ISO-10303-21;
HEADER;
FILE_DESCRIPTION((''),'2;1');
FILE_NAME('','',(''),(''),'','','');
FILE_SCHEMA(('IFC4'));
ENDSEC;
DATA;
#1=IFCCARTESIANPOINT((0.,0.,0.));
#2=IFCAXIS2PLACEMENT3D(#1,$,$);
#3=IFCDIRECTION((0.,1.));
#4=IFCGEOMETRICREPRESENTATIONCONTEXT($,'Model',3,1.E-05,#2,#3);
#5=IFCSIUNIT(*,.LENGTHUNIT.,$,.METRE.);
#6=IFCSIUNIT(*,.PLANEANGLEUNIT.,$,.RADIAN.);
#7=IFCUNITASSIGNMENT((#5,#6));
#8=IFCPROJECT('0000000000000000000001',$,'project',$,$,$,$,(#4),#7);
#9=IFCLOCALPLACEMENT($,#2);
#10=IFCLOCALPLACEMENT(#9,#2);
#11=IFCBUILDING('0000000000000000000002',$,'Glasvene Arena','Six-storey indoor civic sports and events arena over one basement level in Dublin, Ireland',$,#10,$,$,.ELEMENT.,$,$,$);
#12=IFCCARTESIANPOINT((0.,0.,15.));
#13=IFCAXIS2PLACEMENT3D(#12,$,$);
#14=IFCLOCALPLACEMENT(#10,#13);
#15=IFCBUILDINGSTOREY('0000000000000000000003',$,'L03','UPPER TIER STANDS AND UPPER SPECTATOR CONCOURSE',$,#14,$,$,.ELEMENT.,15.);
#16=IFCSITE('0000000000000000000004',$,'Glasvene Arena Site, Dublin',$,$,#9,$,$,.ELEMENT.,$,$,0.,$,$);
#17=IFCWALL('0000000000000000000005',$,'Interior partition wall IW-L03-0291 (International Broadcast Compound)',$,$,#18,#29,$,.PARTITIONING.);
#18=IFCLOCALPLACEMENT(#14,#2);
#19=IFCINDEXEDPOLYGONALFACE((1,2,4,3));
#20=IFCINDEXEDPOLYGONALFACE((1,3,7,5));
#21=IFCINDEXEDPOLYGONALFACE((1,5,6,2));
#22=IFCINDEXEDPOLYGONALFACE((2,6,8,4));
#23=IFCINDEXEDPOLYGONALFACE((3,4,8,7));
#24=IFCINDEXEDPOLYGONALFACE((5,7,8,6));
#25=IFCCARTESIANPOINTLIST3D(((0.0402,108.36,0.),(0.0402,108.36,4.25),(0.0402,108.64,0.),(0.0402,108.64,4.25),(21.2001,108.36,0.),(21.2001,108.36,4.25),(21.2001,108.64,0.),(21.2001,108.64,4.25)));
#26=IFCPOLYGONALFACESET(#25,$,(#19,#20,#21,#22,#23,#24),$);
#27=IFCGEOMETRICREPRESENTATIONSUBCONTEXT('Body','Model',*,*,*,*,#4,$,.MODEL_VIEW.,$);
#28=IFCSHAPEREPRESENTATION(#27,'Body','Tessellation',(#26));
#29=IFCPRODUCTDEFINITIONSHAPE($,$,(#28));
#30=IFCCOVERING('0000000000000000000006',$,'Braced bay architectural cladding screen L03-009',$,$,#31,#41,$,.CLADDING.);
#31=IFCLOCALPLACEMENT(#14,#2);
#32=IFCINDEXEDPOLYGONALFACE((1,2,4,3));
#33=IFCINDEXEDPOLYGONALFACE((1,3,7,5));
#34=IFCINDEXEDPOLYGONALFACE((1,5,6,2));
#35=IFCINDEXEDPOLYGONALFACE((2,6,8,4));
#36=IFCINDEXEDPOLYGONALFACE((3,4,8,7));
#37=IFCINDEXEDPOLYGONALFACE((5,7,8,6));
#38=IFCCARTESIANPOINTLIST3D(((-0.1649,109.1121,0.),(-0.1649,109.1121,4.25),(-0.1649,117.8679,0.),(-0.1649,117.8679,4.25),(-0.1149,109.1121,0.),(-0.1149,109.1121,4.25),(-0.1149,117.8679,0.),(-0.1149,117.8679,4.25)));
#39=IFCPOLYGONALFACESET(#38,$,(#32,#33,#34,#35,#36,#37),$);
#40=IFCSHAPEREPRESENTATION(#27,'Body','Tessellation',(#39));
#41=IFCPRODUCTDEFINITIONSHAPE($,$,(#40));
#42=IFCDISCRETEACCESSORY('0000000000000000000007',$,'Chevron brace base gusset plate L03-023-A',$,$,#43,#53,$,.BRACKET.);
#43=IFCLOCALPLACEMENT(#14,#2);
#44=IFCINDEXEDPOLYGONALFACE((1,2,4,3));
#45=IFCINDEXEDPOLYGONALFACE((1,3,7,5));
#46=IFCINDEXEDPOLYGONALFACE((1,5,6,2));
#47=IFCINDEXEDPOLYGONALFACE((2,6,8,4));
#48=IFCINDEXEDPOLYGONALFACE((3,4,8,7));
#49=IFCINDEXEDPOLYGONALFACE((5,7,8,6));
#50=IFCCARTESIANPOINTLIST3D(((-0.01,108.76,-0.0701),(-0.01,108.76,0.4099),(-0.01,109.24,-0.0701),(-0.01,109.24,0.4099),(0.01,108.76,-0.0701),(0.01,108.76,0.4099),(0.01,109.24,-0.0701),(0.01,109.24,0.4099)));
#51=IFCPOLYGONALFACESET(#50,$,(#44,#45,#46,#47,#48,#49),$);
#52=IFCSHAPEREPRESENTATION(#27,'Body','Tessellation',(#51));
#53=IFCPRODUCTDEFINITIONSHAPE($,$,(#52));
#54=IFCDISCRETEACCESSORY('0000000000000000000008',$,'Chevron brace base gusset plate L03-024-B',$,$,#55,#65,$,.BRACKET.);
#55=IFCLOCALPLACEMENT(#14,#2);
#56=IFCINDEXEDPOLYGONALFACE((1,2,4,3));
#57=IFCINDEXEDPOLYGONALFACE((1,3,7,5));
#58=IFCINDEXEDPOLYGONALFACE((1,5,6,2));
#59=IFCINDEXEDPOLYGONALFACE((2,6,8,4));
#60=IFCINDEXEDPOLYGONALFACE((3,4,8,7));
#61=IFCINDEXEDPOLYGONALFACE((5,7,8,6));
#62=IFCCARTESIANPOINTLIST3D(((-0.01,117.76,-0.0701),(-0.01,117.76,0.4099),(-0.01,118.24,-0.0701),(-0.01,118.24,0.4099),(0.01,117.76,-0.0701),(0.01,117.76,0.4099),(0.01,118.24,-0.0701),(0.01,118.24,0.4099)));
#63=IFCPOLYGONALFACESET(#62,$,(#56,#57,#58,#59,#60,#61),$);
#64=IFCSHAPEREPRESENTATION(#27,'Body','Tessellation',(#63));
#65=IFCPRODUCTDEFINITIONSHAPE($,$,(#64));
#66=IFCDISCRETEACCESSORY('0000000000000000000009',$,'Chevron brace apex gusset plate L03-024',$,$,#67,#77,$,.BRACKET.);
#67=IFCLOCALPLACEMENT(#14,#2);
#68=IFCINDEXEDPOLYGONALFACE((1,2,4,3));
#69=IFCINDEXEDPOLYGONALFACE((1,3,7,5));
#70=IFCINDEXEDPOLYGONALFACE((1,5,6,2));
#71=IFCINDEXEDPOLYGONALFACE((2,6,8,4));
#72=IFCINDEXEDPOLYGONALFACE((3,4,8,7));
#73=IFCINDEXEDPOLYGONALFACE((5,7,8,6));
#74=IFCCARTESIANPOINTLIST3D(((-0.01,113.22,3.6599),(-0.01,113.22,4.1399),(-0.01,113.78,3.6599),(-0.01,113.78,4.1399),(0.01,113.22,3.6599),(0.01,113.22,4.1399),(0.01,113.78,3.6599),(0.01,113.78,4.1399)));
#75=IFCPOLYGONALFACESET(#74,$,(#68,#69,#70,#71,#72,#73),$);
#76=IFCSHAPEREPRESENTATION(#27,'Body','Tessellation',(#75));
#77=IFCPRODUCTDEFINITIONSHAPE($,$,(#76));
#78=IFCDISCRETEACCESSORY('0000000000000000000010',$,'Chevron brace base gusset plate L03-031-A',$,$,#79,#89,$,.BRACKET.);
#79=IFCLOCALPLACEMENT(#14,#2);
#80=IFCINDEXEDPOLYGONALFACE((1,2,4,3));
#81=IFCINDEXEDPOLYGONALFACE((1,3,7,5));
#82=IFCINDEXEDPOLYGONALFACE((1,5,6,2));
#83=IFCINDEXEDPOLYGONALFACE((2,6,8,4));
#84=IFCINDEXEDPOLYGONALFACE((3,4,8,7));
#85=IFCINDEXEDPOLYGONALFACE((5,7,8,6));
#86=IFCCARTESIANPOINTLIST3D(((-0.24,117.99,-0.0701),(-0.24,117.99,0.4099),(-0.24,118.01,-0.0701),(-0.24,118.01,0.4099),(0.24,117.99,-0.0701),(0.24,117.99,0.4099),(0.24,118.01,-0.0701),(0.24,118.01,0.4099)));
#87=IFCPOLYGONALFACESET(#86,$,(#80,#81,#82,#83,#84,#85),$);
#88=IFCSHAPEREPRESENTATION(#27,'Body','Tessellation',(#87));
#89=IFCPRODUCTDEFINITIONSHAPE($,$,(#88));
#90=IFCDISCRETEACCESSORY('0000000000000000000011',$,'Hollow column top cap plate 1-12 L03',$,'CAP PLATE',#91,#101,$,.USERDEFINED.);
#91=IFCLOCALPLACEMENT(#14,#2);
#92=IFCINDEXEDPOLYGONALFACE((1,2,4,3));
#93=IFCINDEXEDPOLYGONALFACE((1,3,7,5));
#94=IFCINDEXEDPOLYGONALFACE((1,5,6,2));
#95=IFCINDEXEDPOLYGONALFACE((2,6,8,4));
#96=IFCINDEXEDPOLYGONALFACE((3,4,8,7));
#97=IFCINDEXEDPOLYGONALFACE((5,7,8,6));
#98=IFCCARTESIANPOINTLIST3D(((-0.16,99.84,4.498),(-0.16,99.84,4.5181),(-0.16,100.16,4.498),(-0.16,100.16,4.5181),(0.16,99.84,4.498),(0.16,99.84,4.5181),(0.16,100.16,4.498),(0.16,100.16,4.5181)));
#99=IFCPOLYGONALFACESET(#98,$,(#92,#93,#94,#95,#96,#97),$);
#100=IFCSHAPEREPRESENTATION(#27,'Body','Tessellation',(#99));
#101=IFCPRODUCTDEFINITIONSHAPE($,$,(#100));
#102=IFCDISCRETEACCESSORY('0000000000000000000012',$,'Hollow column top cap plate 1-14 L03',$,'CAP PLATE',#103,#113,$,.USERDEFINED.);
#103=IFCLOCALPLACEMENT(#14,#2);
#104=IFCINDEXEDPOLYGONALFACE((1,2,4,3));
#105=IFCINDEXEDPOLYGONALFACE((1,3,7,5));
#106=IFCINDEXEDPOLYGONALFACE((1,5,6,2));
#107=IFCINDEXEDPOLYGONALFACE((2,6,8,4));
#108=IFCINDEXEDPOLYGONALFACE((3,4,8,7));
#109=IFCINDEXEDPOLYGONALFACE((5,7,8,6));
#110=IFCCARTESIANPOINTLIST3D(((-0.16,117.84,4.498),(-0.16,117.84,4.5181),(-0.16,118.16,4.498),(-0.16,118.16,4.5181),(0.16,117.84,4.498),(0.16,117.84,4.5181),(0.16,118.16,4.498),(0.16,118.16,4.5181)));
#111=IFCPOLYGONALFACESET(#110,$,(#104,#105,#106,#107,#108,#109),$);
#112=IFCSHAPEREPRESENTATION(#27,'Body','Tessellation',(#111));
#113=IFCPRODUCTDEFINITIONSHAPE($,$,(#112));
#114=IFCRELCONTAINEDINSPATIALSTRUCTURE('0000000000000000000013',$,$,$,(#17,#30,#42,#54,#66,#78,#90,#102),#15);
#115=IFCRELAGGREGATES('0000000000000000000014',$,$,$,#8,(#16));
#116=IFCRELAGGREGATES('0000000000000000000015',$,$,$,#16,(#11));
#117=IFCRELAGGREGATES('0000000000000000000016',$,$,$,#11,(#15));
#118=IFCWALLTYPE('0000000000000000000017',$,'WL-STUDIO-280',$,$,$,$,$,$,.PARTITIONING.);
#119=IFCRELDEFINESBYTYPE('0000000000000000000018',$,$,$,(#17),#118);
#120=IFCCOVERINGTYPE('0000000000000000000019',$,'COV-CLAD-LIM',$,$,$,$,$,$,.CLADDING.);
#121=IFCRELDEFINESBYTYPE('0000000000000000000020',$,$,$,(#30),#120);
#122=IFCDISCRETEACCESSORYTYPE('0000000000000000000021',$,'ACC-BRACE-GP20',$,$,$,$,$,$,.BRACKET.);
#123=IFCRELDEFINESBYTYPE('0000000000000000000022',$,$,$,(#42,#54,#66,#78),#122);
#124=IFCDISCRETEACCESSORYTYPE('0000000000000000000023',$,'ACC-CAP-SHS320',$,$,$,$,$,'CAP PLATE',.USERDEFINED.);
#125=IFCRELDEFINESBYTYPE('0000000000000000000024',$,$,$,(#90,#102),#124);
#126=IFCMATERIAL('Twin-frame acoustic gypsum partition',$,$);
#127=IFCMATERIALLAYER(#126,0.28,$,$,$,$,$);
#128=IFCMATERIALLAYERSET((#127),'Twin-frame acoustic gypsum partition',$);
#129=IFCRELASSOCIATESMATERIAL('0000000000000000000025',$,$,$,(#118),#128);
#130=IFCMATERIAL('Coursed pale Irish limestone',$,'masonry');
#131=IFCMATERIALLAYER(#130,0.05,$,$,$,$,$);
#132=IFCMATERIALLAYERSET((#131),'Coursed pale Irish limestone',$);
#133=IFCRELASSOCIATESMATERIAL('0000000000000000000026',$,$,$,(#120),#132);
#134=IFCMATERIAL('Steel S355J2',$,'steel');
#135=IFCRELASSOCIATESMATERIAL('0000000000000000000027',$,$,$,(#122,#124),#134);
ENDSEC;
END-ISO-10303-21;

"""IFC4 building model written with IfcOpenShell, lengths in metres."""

from ifc_helpers import new_model, si_unit, direction, frame, frame_2d, origin, origin_2d, place, context, subcontext, project, spatial, rectangle, extrude, material, layer, layer_set, type_object, element, save


model = new_model("IFC4")

# Units and contexts
model_context = context("Model", 3, precision=1e-05, world=origin(), true_north=direction((0.0, 1.0)))
body_context = subcontext(model_context, "Body", "Model", "MODEL_VIEW")
ifc_project = project(units=[si_unit("LENGTHUNIT", "METRE"), si_unit("PLANEANGLEUNIT", "RADIAN")], contexts=[model_context])

# Site, building, storey
site_placement = place(None, origin())
site = spatial("IfcSite", under=ifc_project, at=site_placement, Name="Glasvene Arena Site, Dublin", CompositionType="ELEMENT", RefElevation=0.0)
building_placement = place(site_placement, origin())
building = spatial("IfcBuilding", under=site, at=building_placement, Name="Glasvene Arena", Description="Six-storey indoor civic sports and events arena over one basement level in Dublin, Ireland", CompositionType="ELEMENT")
storey_placement = place(building_placement, frame((0.0, 0.0, 15.0)))
storey = spatial("IfcBuildingStorey", under=building, at=storey_placement, Name="L03", Description="UPPER TIER STANDS AND UPPER SPECTATOR CONCOURSE", CompositionType="ELEMENT", Elevation=15.0)

# Shared definitions
ifc_material_1 = material(Name="Steel S355J2", Category="steel")

# Shared definitions
ifc_material_2 = material(Name="Coursed pale Irish limestone", Category="masonry")

# Wall
ifc_material_3 = material(Name="Twin-frame acoustic gypsum partition")
ifc_layer_1 = layer(ifc_material_3, 0.28)
ifc_layer_set_1 = layer_set([ifc_layer_1], Name="Twin-frame acoustic gypsum partition")
wall_type_1 = type_object("IfcWallType", Name="WL-STUDIO-280", PredefinedType="PARTITIONING", material=ifc_layer_set_1)
wall_1_placement = place(storey_placement, frame((0.04, 108.5, 0.0), z_axis=(0.0, 0.0, 1.0), x_axis=(1.0, 0.0, 0.0)))
element("IfcWall", 1, at=wall_1_placement, inside=storey, type_object=wall_type_1, Name="Interior partition wall IW-L03-0291 (International Broadcast Compound)", PredefinedType="PARTITIONING", context=body_context, shape_type="SweptSolid", body=[
    extrude(rectangle(XDim=21.1599, YDim=0.28, at=frame_2d((10.5801, 0.0))), origin(), (0.0, 0.0, 1.0), 4.25),
])

# Covering
ifc_layer_2 = layer(ifc_material_2, 0.05)
ifc_layer_set_2 = layer_set([ifc_layer_2], Name="Coursed pale Irish limestone")
covering_type = type_object("IfcCoveringType", Name="COV-CLAD-LIM", PredefinedType="CLADDING", material=ifc_layer_set_2)
covering_placement = place(storey_placement, frame((-0.1399, 113.49, 0.0), z_axis=(0.0, 0.0, 1.0), x_axis=(0.0, 1.0, 0.0)))
element("IfcCovering", 2, at=covering_placement, inside=storey, type_object=covering_type, Name="Braced bay architectural cladding screen L03-009", PredefinedType="CLADDING", context=body_context, shape_type="SweptSolid", body=[
    extrude(rectangle(XDim=8.7559, YDim=0.05, at=origin_2d()), origin(), (0.0, 0.0, 1.0), 4.25),
])

# Discrete accessories
discrete_accessory_type_1 = type_object("IfcDiscreteAccessoryType", Name="ACC-BRACE-GP20", PredefinedType="BRACKET", material=ifc_material_1)
for number, where, z_axis, x_axis, name in (
    (3, (0.0, 109.0, -0.0701), (0.0, 0.0, 1.0), (1.0, 0.0, 0.0), "Chevron brace base gusset plate L03-023-A"),
    (4, (0.0, 118.0, -0.0701), (0.0, 0.0, 1.0), (1.0, 0.0, 0.0), "Chevron brace base gusset plate L03-024-B"),
):
    element("IfcDiscreteAccessory", number, at=place(storey_placement, frame(where, z_axis=z_axis, x_axis=x_axis)), inside=storey, type_object=discrete_accessory_type_1, Name=name, PredefinedType="BRACKET", context=body_context, shape_type="SweptSolid", body=[
        extrude(rectangle(XDim=0.02, YDim=0.48, at=origin_2d()), origin(), (0.0, 0.0, 1.0), 0.48),
    ])
discrete_accessory_1_placement = place(storey_placement, frame((0.0, 113.5, 3.6599), z_axis=(0.0, 0.0, 1.0), x_axis=(1.0, 0.0, 0.0)))
element("IfcDiscreteAccessory", 5, at=discrete_accessory_1_placement, inside=storey, type_object=discrete_accessory_type_1, Name="Chevron brace apex gusset plate L03-024", PredefinedType="BRACKET", context=body_context, shape_type="SweptSolid", body=[
    extrude(rectangle(XDim=0.02, YDim=0.5601, at=origin_2d()), origin(), (0.0, 0.0, 1.0), 0.48),
])
discrete_accessory_2_placement = place(storey_placement, frame((0.0, 118.0, -0.0701), z_axis=(0.0, 0.0, 1.0), x_axis=(1.0, 0.0, 0.0)))
element("IfcDiscreteAccessory", 6, at=discrete_accessory_2_placement, inside=storey, type_object=discrete_accessory_type_1, Name="Chevron brace base gusset plate L03-031-A", PredefinedType="BRACKET", context=body_context, shape_type="SweptSolid", body=[
    extrude(rectangle(XDim=0.48, YDim=0.02, at=origin_2d()), origin(), (0.0, 0.0, 1.0), 0.48),
])
discrete_accessory_type_2 = type_object("IfcDiscreteAccessoryType", Name="ACC-CAP-SHS320", ElementType="CAP PLATE", PredefinedType="USERDEFINED", material=ifc_material_1)
for number, where, z_axis, x_axis, name in (
    (7, (0.0, 100.0, 4.498), (0.0, 0.0, 1.0), (1.0, 0.0, 0.0), "Hollow column top cap plate 1-12 L03"),
    (8, (0.0, 118.0, 4.498), (0.0, 0.0, 1.0), (1.0, 0.0, 0.0), "Hollow column top cap plate 1-14 L03"),
):
    element("IfcDiscreteAccessory", number, at=place(storey_placement, frame(where, z_axis=z_axis, x_axis=x_axis)), inside=storey, type_object=discrete_accessory_type_2, Name=name, ObjectType="CAP PLATE", PredefinedType="USERDEFINED", context=body_context, shape_type="SweptSolid", body=[
        extrude(rectangle(XDim=0.3201, YDim=0.3201, at=origin_2d()), origin(), (0.0, 0.0, 1.0), 0.02),
    ])

save(model, "model.ifc")
